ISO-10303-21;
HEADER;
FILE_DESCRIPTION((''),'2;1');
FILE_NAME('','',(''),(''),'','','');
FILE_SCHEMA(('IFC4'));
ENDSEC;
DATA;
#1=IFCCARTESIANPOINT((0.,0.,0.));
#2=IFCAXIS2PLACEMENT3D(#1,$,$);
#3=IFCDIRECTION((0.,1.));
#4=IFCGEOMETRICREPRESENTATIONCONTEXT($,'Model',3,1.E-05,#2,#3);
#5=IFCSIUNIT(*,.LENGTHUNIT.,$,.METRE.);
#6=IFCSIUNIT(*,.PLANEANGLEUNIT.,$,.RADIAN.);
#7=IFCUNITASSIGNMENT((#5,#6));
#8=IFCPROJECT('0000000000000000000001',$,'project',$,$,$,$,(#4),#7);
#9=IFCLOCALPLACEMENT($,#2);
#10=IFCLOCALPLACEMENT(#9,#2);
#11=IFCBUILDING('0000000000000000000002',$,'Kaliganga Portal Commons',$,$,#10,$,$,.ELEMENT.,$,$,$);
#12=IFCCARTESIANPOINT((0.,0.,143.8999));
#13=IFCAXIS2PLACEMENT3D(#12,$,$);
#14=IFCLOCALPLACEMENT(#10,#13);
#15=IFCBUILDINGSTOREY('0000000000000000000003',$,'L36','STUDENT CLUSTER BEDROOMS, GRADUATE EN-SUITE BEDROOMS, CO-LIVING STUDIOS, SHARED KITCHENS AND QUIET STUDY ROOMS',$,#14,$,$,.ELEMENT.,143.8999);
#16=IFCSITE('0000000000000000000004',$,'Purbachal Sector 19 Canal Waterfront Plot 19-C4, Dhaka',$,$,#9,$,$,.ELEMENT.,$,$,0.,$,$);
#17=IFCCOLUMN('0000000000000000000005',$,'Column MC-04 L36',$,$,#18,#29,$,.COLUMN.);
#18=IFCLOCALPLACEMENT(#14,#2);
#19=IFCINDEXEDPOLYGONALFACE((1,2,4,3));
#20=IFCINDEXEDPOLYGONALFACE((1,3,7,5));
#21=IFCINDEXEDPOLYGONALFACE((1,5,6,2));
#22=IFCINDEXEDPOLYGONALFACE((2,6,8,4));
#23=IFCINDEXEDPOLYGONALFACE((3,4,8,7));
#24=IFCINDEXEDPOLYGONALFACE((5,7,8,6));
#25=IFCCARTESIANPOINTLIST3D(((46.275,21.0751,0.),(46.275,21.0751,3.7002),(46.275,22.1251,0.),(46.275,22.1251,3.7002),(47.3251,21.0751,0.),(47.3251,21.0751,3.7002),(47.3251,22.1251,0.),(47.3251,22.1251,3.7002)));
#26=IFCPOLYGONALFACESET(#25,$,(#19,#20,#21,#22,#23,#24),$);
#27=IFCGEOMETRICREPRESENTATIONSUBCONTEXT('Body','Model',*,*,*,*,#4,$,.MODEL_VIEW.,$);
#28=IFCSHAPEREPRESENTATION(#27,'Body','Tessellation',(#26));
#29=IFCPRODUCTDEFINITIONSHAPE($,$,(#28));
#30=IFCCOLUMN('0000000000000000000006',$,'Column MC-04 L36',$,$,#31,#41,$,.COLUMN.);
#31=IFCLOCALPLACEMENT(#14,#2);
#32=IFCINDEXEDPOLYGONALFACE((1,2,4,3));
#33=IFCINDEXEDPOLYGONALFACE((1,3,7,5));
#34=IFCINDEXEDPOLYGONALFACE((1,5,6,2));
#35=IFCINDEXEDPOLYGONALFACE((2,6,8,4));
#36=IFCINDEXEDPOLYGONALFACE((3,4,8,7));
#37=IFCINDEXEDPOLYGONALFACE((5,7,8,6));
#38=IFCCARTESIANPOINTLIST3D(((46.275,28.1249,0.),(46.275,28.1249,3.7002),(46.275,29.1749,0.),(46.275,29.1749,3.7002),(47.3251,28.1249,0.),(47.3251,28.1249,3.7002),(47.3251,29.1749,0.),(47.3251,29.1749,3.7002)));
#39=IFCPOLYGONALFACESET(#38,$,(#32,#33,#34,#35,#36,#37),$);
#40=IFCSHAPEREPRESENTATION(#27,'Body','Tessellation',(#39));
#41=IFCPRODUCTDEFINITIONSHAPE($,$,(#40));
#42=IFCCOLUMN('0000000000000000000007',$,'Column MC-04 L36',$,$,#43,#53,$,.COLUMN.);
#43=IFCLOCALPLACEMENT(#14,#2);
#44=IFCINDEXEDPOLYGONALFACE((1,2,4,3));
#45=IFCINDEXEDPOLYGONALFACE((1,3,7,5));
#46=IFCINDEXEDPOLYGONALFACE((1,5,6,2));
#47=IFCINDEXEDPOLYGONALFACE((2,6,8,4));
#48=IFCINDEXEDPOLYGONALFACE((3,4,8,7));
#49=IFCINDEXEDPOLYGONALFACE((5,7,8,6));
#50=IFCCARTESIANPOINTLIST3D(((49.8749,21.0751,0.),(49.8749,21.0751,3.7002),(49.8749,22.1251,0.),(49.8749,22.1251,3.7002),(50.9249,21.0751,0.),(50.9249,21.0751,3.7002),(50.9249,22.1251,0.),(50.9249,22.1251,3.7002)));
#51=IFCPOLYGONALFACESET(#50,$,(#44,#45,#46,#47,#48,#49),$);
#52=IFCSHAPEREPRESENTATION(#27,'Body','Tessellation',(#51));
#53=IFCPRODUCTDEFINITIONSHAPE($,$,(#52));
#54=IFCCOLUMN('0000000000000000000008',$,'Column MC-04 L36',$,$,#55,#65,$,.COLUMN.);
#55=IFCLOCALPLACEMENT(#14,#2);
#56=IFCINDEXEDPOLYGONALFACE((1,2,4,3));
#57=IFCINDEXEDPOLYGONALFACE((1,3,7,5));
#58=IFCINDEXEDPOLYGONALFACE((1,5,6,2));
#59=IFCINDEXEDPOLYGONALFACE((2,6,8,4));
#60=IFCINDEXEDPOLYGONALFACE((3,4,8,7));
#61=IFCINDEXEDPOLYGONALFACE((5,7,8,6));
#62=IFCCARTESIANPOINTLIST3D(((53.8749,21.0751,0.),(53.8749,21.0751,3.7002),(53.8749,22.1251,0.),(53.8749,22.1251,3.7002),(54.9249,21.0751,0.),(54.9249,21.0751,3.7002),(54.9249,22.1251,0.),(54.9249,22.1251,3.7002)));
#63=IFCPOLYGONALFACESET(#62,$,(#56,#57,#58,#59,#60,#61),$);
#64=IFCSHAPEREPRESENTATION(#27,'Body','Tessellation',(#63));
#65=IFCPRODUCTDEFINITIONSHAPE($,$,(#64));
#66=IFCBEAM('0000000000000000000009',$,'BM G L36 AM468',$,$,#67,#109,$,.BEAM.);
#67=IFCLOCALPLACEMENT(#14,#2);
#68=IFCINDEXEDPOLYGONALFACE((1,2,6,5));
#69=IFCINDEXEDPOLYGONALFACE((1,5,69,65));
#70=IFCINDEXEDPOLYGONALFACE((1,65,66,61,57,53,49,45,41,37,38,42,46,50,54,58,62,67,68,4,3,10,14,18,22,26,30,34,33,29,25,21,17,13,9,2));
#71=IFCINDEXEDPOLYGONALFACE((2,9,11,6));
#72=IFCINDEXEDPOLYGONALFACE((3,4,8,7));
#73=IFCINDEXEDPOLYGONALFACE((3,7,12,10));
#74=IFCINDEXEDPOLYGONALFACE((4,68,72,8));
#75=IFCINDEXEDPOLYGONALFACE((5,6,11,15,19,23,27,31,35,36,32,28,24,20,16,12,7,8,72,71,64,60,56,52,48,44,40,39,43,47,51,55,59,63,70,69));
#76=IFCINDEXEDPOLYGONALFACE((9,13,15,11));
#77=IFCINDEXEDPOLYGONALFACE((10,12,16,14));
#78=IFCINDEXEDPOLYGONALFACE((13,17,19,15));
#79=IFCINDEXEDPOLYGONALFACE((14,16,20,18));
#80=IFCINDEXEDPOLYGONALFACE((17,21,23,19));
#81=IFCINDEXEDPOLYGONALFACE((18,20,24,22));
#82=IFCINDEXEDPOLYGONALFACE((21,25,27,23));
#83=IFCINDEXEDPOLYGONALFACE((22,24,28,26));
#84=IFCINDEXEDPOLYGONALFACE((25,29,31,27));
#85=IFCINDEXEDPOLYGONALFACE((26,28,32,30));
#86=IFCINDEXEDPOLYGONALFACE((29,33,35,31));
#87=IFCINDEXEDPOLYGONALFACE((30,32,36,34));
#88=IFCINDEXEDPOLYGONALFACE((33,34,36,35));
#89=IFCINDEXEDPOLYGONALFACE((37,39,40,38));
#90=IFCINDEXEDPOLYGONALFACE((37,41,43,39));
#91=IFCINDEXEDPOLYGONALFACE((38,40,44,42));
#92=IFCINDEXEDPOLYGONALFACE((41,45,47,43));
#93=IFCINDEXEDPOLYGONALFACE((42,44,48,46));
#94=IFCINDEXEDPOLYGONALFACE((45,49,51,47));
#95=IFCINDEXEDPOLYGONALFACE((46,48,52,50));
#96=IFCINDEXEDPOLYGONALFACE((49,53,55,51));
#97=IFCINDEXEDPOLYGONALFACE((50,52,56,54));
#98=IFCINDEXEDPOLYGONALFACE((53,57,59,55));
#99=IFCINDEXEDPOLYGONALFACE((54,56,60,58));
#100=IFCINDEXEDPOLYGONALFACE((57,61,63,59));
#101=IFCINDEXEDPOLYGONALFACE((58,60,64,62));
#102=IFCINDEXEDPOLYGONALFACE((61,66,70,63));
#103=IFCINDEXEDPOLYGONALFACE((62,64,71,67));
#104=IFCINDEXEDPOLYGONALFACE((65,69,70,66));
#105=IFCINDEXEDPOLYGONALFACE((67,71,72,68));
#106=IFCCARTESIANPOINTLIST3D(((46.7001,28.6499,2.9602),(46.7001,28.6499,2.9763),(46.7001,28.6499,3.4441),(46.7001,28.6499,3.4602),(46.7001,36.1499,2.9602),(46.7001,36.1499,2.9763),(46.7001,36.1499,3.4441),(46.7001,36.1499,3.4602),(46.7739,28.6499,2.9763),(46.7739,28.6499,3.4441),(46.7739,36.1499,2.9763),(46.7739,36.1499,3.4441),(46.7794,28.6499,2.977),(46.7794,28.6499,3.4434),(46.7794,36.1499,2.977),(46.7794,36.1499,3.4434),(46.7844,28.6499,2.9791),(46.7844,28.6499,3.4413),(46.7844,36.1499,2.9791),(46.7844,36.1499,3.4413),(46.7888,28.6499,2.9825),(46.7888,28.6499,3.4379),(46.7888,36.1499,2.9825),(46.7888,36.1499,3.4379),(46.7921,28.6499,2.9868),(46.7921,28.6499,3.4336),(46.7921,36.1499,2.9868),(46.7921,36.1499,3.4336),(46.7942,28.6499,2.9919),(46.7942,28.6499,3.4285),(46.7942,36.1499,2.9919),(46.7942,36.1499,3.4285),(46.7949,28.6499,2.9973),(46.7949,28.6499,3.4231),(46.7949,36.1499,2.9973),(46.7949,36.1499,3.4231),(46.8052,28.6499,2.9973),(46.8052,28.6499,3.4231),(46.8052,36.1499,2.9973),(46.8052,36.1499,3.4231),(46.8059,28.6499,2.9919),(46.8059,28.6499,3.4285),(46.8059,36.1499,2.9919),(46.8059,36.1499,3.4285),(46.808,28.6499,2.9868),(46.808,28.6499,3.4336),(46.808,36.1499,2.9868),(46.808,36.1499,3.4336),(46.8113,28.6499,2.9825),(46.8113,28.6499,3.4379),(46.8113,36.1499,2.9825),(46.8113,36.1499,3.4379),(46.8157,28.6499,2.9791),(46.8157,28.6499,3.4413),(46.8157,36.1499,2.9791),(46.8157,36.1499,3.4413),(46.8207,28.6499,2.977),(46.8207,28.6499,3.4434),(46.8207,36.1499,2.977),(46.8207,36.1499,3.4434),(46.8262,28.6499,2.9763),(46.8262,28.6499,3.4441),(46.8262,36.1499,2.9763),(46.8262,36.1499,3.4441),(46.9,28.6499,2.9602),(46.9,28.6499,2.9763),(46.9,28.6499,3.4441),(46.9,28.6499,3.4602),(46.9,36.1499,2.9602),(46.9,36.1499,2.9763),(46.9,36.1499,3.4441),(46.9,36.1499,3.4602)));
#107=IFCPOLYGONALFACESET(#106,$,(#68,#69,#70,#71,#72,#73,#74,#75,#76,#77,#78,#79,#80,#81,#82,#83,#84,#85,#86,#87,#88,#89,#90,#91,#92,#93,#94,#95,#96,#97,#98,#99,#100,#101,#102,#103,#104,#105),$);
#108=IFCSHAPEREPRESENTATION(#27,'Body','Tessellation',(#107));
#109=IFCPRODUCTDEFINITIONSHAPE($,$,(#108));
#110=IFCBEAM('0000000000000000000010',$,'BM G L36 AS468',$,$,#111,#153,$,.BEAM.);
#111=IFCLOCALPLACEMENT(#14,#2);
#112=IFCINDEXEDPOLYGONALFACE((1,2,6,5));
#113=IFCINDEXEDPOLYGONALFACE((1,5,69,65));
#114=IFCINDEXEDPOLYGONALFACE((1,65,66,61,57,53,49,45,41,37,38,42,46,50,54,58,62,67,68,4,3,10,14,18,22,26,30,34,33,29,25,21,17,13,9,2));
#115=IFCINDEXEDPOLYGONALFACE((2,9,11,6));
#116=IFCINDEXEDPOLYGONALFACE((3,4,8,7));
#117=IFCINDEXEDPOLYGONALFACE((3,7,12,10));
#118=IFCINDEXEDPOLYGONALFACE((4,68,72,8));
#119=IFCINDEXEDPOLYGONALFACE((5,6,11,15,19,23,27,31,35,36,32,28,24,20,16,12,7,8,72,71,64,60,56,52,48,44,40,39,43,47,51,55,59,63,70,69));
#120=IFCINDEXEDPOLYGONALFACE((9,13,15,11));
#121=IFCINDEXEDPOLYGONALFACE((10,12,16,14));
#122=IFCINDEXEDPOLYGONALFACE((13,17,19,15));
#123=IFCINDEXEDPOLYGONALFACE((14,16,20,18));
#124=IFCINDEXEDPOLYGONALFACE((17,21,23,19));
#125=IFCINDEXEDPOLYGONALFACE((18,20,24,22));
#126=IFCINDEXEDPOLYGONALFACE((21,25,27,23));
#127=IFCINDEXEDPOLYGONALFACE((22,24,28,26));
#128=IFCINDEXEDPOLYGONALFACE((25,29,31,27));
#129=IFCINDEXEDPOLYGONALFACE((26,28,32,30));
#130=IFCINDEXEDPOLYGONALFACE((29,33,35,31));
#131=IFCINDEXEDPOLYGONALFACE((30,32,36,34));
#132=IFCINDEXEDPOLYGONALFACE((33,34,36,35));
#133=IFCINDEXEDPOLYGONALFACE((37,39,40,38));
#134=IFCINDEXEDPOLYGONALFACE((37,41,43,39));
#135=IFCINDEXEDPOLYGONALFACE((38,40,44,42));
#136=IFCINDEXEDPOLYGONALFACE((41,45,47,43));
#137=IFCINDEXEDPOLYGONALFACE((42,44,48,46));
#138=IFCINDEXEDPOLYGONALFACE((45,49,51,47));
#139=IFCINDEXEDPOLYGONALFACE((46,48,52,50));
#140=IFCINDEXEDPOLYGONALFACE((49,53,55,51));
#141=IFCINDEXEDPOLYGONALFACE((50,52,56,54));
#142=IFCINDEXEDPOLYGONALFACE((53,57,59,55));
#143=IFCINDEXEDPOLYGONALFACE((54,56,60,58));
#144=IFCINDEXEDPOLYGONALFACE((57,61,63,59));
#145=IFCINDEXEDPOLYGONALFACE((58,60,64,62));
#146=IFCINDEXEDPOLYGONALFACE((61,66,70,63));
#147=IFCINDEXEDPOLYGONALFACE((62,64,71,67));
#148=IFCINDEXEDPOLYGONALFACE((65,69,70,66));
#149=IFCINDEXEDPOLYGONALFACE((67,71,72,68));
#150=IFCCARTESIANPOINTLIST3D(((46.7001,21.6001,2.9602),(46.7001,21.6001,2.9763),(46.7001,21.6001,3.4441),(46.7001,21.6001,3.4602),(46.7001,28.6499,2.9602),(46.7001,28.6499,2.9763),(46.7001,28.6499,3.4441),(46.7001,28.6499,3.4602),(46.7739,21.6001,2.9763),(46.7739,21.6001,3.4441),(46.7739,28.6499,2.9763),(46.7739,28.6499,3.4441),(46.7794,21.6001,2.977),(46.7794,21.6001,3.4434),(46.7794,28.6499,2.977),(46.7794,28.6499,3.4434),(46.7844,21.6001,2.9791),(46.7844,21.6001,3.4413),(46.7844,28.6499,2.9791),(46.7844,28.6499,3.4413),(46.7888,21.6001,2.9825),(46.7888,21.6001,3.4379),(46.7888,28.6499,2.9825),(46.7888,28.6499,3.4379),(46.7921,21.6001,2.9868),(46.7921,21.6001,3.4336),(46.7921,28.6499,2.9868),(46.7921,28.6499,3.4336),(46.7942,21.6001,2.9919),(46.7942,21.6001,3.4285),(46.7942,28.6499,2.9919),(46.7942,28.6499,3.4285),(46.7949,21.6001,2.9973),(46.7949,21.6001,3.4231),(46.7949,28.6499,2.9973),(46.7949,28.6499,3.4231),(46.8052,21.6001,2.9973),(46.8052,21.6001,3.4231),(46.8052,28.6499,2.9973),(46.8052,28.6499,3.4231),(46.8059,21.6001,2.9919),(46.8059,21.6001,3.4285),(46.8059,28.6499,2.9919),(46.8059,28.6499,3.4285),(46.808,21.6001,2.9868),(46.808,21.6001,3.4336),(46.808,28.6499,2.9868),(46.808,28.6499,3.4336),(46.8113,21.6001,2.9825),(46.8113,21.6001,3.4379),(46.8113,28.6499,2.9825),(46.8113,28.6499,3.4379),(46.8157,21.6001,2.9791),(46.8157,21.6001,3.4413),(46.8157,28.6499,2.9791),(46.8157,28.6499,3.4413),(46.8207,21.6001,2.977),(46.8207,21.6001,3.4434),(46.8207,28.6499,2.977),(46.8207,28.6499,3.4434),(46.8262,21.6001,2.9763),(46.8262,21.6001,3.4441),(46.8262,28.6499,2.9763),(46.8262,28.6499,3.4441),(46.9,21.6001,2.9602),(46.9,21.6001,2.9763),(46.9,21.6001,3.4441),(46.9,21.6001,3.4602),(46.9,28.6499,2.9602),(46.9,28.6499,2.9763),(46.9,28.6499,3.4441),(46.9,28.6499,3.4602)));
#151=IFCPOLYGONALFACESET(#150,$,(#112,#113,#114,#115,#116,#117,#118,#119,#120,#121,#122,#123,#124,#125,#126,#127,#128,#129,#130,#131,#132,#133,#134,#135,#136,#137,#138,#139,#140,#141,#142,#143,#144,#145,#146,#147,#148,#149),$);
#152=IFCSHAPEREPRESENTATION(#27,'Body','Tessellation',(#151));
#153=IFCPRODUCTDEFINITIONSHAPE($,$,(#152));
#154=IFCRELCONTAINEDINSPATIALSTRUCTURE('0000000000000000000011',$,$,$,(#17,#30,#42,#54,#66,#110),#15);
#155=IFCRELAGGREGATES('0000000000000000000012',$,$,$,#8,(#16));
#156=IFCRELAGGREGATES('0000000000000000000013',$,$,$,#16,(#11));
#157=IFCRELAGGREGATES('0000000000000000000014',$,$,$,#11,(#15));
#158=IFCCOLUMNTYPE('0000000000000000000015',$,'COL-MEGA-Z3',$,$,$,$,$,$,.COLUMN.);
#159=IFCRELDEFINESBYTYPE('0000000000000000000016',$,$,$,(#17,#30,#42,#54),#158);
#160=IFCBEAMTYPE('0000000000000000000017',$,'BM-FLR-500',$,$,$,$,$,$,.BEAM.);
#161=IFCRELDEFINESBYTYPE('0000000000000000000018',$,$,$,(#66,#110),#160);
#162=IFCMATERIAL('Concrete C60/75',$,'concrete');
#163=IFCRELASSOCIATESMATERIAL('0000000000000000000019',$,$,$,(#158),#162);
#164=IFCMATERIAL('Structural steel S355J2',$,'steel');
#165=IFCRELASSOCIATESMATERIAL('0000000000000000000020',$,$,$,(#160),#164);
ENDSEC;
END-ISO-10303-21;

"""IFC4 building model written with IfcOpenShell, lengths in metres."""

from ifc_helpers import new_model, si_unit, direction, frame, origin, origin_2d, place, context, subcontext, project, spatial, rectangle, i_section, extrude, source, transform, mapped, material, material_profile, profile_set, type_object, element, save


model = new_model("IFC4")

# Units and contexts
model_context = context("Model", 3, precision=1e-05, world=origin(), true_north=direction((0.0, 1.0)))
body_context = subcontext(model_context, "Body", "Model", "MODEL_VIEW")
ifc_project = project(units=[si_unit("LENGTHUNIT", "METRE"), si_unit("PLANEANGLEUNIT", "RADIAN")], contexts=[model_context])

# Site, building, storey
site_placement = place(None, origin())
site = spatial("IfcSite", under=ifc_project, at=site_placement, Name="Purbachal Sector 19 Canal Waterfront Plot 19-C4, Dhaka", CompositionType="ELEMENT", RefElevation=0.0)
building_placement = place(site_placement, origin())
building = spatial("IfcBuilding", under=site, at=building_placement, Name="Kaliganga Portal Commons", CompositionType="ELEMENT")
storey_placement = place(building_placement, frame((0.0, 0.0, 143.8999)))
storey = spatial("IfcBuildingStorey", under=building, at=storey_placement, Name="L36", Description="STUDENT CLUSTER BEDROOMS, GRADUATE EN-SUITE BEDROOMS, CO-LIVING STUDIOS, SHARED KITCHENS AND QUIET STUDY ROOMS", CompositionType="ELEMENT", Elevation=143.8999)

# Columns
ifc_material_1 = material(Name="Concrete C60/75", Category="concrete")
ifc_material_profile_1 = material_profile(ifc_material_1, rectangle(XDim=1.05, YDim=1.05, at=origin_2d()), Name="RC 1050x1050")
ifc_profile_set_1 = profile_set([ifc_material_profile_1], Name="Concrete C60/75")
column_type = type_object("IfcColumnType", Name="COL-MEGA-Z3", PredefinedType="COLUMN", material=ifc_profile_set_1)
shared_shape_1 = source(origin(), body_context, "Body", "SweptSolid", [
    extrude(rectangle(XDim=1.05, YDim=1.05, at=origin_2d()), origin(), (0.0, 0.0, 1.0), 3.7002),
])
for number, where, z_axis, x_axis, name in (
    (1, (46.8, 21.6001, 0.0), (0.0, 0.0, 1.0), (1.0, 0.0, 0.0), "Column MC-04 L36"),
    (2, (46.8, 28.6499, 0.0), (0.0, 0.0, 1.0), (1.0, 0.0, 0.0), "Column MC-04 L36"),
    (3, (50.3999, 21.6001, 0.0), (0.0, 0.0, 1.0), (1.0, 0.0, 0.0), "Column MC-04 L36"),
    (4, (54.3999, 21.6001, 0.0), (0.0, 0.0, 1.0), (1.0, 0.0, 0.0), "Column MC-04 L36"),
):
    element("IfcColumn", number, at=place(storey_placement, frame(where, z_axis=z_axis, x_axis=x_axis)), inside=storey, type_object=column_type, Name=name, PredefinedType="COLUMN", context=body_context, shape_type="MappedRepresentation", body=[
        mapped(shared_shape_1, transform((0.0, 0.0, 0.0), x_axis=(1.0, 0.0, 0.0), y_axis=(0.0, 1.0, 0.0), z_axis=(0.0, 0.0, 1.0), scale=1.0)),
    ])

# Beams
ifc_material_2 = material(Name="Structural steel S355J2", Category="steel")
ifc_material_profile_2 = material_profile(ifc_material_2, i_section(OverallWidth=0.2, OverallDepth=0.5, WebThickness=0.0103, FlangeThickness=0.0161, FilletRadius=0.021, at=origin_2d()), Name="IPE 500")
ifc_profile_set_2 = profile_set([ifc_material_profile_2], Name="Structural steel S355J2 wide-flange")
beam_type_1 = type_object("IfcBeamType", Name="BM-FLR-500", PredefinedType="BEAM", material=ifc_profile_set_2)
shared_shape_2 = source(origin(), body_context, "Body", "SweptSolid", [
    extrude(i_section(OverallWidth=0.2, OverallDepth=0.5, WebThickness=0.0103, FlangeThickness=0.0161, FilletRadius=0.021, at=origin_2d()), origin(), (0.0, 0.0, 1.0), 7.5),
])
beam_1_placement = place(storey_placement, frame((46.8, 28.6499, 3.2102), z_axis=(0.0, 1.0, 0.0), x_axis=(-1.0, 0.0, 0.0)))
element("IfcBeam", 5, at=beam_1_placement, inside=storey, type_object=beam_type_1, Name="BM G L36 AM468", PredefinedType="BEAM", context=body_context, shape_type="MappedRepresentation", body=[
    mapped(shared_shape_2, transform((0.0, 0.0, 0.0), x_axis=(1.0, 0.0, 0.0), y_axis=(0.0, 1.0, 0.0), z_axis=(0.0, 0.0, 1.0), scale=1.0)),
])
shared_shape_3 = source(origin(), body_context, "Body", "SweptSolid", [
    extrude(i_section(OverallWidth=0.2, OverallDepth=0.5, WebThickness=0.0103, FlangeThickness=0.0161, FilletRadius=0.021, at=origin_2d()), origin(), (0.0, 0.0, 1.0), 7.0498),
])
beam_2_placement = place(storey_placement, frame((46.8, 21.6001, 3.2102), z_axis=(0.0, 1.0, 0.0), x_axis=(-1.0, 0.0, 0.0)))
element("IfcBeam", 6, at=beam_2_placement, inside=storey, type_object=beam_type_1, Name="BM G L36 AS468", PredefinedType="BEAM", context=body_context, shape_type="MappedRepresentation", body=[
    mapped(shared_shape_3, transform((0.0, 0.0, 0.0), x_axis=(1.0, 0.0, 0.0), y_axis=(0.0, 1.0, 0.0), z_axis=(0.0, 0.0, 1.0), scale=1.0)),
])

save(model, "model.ifc")
